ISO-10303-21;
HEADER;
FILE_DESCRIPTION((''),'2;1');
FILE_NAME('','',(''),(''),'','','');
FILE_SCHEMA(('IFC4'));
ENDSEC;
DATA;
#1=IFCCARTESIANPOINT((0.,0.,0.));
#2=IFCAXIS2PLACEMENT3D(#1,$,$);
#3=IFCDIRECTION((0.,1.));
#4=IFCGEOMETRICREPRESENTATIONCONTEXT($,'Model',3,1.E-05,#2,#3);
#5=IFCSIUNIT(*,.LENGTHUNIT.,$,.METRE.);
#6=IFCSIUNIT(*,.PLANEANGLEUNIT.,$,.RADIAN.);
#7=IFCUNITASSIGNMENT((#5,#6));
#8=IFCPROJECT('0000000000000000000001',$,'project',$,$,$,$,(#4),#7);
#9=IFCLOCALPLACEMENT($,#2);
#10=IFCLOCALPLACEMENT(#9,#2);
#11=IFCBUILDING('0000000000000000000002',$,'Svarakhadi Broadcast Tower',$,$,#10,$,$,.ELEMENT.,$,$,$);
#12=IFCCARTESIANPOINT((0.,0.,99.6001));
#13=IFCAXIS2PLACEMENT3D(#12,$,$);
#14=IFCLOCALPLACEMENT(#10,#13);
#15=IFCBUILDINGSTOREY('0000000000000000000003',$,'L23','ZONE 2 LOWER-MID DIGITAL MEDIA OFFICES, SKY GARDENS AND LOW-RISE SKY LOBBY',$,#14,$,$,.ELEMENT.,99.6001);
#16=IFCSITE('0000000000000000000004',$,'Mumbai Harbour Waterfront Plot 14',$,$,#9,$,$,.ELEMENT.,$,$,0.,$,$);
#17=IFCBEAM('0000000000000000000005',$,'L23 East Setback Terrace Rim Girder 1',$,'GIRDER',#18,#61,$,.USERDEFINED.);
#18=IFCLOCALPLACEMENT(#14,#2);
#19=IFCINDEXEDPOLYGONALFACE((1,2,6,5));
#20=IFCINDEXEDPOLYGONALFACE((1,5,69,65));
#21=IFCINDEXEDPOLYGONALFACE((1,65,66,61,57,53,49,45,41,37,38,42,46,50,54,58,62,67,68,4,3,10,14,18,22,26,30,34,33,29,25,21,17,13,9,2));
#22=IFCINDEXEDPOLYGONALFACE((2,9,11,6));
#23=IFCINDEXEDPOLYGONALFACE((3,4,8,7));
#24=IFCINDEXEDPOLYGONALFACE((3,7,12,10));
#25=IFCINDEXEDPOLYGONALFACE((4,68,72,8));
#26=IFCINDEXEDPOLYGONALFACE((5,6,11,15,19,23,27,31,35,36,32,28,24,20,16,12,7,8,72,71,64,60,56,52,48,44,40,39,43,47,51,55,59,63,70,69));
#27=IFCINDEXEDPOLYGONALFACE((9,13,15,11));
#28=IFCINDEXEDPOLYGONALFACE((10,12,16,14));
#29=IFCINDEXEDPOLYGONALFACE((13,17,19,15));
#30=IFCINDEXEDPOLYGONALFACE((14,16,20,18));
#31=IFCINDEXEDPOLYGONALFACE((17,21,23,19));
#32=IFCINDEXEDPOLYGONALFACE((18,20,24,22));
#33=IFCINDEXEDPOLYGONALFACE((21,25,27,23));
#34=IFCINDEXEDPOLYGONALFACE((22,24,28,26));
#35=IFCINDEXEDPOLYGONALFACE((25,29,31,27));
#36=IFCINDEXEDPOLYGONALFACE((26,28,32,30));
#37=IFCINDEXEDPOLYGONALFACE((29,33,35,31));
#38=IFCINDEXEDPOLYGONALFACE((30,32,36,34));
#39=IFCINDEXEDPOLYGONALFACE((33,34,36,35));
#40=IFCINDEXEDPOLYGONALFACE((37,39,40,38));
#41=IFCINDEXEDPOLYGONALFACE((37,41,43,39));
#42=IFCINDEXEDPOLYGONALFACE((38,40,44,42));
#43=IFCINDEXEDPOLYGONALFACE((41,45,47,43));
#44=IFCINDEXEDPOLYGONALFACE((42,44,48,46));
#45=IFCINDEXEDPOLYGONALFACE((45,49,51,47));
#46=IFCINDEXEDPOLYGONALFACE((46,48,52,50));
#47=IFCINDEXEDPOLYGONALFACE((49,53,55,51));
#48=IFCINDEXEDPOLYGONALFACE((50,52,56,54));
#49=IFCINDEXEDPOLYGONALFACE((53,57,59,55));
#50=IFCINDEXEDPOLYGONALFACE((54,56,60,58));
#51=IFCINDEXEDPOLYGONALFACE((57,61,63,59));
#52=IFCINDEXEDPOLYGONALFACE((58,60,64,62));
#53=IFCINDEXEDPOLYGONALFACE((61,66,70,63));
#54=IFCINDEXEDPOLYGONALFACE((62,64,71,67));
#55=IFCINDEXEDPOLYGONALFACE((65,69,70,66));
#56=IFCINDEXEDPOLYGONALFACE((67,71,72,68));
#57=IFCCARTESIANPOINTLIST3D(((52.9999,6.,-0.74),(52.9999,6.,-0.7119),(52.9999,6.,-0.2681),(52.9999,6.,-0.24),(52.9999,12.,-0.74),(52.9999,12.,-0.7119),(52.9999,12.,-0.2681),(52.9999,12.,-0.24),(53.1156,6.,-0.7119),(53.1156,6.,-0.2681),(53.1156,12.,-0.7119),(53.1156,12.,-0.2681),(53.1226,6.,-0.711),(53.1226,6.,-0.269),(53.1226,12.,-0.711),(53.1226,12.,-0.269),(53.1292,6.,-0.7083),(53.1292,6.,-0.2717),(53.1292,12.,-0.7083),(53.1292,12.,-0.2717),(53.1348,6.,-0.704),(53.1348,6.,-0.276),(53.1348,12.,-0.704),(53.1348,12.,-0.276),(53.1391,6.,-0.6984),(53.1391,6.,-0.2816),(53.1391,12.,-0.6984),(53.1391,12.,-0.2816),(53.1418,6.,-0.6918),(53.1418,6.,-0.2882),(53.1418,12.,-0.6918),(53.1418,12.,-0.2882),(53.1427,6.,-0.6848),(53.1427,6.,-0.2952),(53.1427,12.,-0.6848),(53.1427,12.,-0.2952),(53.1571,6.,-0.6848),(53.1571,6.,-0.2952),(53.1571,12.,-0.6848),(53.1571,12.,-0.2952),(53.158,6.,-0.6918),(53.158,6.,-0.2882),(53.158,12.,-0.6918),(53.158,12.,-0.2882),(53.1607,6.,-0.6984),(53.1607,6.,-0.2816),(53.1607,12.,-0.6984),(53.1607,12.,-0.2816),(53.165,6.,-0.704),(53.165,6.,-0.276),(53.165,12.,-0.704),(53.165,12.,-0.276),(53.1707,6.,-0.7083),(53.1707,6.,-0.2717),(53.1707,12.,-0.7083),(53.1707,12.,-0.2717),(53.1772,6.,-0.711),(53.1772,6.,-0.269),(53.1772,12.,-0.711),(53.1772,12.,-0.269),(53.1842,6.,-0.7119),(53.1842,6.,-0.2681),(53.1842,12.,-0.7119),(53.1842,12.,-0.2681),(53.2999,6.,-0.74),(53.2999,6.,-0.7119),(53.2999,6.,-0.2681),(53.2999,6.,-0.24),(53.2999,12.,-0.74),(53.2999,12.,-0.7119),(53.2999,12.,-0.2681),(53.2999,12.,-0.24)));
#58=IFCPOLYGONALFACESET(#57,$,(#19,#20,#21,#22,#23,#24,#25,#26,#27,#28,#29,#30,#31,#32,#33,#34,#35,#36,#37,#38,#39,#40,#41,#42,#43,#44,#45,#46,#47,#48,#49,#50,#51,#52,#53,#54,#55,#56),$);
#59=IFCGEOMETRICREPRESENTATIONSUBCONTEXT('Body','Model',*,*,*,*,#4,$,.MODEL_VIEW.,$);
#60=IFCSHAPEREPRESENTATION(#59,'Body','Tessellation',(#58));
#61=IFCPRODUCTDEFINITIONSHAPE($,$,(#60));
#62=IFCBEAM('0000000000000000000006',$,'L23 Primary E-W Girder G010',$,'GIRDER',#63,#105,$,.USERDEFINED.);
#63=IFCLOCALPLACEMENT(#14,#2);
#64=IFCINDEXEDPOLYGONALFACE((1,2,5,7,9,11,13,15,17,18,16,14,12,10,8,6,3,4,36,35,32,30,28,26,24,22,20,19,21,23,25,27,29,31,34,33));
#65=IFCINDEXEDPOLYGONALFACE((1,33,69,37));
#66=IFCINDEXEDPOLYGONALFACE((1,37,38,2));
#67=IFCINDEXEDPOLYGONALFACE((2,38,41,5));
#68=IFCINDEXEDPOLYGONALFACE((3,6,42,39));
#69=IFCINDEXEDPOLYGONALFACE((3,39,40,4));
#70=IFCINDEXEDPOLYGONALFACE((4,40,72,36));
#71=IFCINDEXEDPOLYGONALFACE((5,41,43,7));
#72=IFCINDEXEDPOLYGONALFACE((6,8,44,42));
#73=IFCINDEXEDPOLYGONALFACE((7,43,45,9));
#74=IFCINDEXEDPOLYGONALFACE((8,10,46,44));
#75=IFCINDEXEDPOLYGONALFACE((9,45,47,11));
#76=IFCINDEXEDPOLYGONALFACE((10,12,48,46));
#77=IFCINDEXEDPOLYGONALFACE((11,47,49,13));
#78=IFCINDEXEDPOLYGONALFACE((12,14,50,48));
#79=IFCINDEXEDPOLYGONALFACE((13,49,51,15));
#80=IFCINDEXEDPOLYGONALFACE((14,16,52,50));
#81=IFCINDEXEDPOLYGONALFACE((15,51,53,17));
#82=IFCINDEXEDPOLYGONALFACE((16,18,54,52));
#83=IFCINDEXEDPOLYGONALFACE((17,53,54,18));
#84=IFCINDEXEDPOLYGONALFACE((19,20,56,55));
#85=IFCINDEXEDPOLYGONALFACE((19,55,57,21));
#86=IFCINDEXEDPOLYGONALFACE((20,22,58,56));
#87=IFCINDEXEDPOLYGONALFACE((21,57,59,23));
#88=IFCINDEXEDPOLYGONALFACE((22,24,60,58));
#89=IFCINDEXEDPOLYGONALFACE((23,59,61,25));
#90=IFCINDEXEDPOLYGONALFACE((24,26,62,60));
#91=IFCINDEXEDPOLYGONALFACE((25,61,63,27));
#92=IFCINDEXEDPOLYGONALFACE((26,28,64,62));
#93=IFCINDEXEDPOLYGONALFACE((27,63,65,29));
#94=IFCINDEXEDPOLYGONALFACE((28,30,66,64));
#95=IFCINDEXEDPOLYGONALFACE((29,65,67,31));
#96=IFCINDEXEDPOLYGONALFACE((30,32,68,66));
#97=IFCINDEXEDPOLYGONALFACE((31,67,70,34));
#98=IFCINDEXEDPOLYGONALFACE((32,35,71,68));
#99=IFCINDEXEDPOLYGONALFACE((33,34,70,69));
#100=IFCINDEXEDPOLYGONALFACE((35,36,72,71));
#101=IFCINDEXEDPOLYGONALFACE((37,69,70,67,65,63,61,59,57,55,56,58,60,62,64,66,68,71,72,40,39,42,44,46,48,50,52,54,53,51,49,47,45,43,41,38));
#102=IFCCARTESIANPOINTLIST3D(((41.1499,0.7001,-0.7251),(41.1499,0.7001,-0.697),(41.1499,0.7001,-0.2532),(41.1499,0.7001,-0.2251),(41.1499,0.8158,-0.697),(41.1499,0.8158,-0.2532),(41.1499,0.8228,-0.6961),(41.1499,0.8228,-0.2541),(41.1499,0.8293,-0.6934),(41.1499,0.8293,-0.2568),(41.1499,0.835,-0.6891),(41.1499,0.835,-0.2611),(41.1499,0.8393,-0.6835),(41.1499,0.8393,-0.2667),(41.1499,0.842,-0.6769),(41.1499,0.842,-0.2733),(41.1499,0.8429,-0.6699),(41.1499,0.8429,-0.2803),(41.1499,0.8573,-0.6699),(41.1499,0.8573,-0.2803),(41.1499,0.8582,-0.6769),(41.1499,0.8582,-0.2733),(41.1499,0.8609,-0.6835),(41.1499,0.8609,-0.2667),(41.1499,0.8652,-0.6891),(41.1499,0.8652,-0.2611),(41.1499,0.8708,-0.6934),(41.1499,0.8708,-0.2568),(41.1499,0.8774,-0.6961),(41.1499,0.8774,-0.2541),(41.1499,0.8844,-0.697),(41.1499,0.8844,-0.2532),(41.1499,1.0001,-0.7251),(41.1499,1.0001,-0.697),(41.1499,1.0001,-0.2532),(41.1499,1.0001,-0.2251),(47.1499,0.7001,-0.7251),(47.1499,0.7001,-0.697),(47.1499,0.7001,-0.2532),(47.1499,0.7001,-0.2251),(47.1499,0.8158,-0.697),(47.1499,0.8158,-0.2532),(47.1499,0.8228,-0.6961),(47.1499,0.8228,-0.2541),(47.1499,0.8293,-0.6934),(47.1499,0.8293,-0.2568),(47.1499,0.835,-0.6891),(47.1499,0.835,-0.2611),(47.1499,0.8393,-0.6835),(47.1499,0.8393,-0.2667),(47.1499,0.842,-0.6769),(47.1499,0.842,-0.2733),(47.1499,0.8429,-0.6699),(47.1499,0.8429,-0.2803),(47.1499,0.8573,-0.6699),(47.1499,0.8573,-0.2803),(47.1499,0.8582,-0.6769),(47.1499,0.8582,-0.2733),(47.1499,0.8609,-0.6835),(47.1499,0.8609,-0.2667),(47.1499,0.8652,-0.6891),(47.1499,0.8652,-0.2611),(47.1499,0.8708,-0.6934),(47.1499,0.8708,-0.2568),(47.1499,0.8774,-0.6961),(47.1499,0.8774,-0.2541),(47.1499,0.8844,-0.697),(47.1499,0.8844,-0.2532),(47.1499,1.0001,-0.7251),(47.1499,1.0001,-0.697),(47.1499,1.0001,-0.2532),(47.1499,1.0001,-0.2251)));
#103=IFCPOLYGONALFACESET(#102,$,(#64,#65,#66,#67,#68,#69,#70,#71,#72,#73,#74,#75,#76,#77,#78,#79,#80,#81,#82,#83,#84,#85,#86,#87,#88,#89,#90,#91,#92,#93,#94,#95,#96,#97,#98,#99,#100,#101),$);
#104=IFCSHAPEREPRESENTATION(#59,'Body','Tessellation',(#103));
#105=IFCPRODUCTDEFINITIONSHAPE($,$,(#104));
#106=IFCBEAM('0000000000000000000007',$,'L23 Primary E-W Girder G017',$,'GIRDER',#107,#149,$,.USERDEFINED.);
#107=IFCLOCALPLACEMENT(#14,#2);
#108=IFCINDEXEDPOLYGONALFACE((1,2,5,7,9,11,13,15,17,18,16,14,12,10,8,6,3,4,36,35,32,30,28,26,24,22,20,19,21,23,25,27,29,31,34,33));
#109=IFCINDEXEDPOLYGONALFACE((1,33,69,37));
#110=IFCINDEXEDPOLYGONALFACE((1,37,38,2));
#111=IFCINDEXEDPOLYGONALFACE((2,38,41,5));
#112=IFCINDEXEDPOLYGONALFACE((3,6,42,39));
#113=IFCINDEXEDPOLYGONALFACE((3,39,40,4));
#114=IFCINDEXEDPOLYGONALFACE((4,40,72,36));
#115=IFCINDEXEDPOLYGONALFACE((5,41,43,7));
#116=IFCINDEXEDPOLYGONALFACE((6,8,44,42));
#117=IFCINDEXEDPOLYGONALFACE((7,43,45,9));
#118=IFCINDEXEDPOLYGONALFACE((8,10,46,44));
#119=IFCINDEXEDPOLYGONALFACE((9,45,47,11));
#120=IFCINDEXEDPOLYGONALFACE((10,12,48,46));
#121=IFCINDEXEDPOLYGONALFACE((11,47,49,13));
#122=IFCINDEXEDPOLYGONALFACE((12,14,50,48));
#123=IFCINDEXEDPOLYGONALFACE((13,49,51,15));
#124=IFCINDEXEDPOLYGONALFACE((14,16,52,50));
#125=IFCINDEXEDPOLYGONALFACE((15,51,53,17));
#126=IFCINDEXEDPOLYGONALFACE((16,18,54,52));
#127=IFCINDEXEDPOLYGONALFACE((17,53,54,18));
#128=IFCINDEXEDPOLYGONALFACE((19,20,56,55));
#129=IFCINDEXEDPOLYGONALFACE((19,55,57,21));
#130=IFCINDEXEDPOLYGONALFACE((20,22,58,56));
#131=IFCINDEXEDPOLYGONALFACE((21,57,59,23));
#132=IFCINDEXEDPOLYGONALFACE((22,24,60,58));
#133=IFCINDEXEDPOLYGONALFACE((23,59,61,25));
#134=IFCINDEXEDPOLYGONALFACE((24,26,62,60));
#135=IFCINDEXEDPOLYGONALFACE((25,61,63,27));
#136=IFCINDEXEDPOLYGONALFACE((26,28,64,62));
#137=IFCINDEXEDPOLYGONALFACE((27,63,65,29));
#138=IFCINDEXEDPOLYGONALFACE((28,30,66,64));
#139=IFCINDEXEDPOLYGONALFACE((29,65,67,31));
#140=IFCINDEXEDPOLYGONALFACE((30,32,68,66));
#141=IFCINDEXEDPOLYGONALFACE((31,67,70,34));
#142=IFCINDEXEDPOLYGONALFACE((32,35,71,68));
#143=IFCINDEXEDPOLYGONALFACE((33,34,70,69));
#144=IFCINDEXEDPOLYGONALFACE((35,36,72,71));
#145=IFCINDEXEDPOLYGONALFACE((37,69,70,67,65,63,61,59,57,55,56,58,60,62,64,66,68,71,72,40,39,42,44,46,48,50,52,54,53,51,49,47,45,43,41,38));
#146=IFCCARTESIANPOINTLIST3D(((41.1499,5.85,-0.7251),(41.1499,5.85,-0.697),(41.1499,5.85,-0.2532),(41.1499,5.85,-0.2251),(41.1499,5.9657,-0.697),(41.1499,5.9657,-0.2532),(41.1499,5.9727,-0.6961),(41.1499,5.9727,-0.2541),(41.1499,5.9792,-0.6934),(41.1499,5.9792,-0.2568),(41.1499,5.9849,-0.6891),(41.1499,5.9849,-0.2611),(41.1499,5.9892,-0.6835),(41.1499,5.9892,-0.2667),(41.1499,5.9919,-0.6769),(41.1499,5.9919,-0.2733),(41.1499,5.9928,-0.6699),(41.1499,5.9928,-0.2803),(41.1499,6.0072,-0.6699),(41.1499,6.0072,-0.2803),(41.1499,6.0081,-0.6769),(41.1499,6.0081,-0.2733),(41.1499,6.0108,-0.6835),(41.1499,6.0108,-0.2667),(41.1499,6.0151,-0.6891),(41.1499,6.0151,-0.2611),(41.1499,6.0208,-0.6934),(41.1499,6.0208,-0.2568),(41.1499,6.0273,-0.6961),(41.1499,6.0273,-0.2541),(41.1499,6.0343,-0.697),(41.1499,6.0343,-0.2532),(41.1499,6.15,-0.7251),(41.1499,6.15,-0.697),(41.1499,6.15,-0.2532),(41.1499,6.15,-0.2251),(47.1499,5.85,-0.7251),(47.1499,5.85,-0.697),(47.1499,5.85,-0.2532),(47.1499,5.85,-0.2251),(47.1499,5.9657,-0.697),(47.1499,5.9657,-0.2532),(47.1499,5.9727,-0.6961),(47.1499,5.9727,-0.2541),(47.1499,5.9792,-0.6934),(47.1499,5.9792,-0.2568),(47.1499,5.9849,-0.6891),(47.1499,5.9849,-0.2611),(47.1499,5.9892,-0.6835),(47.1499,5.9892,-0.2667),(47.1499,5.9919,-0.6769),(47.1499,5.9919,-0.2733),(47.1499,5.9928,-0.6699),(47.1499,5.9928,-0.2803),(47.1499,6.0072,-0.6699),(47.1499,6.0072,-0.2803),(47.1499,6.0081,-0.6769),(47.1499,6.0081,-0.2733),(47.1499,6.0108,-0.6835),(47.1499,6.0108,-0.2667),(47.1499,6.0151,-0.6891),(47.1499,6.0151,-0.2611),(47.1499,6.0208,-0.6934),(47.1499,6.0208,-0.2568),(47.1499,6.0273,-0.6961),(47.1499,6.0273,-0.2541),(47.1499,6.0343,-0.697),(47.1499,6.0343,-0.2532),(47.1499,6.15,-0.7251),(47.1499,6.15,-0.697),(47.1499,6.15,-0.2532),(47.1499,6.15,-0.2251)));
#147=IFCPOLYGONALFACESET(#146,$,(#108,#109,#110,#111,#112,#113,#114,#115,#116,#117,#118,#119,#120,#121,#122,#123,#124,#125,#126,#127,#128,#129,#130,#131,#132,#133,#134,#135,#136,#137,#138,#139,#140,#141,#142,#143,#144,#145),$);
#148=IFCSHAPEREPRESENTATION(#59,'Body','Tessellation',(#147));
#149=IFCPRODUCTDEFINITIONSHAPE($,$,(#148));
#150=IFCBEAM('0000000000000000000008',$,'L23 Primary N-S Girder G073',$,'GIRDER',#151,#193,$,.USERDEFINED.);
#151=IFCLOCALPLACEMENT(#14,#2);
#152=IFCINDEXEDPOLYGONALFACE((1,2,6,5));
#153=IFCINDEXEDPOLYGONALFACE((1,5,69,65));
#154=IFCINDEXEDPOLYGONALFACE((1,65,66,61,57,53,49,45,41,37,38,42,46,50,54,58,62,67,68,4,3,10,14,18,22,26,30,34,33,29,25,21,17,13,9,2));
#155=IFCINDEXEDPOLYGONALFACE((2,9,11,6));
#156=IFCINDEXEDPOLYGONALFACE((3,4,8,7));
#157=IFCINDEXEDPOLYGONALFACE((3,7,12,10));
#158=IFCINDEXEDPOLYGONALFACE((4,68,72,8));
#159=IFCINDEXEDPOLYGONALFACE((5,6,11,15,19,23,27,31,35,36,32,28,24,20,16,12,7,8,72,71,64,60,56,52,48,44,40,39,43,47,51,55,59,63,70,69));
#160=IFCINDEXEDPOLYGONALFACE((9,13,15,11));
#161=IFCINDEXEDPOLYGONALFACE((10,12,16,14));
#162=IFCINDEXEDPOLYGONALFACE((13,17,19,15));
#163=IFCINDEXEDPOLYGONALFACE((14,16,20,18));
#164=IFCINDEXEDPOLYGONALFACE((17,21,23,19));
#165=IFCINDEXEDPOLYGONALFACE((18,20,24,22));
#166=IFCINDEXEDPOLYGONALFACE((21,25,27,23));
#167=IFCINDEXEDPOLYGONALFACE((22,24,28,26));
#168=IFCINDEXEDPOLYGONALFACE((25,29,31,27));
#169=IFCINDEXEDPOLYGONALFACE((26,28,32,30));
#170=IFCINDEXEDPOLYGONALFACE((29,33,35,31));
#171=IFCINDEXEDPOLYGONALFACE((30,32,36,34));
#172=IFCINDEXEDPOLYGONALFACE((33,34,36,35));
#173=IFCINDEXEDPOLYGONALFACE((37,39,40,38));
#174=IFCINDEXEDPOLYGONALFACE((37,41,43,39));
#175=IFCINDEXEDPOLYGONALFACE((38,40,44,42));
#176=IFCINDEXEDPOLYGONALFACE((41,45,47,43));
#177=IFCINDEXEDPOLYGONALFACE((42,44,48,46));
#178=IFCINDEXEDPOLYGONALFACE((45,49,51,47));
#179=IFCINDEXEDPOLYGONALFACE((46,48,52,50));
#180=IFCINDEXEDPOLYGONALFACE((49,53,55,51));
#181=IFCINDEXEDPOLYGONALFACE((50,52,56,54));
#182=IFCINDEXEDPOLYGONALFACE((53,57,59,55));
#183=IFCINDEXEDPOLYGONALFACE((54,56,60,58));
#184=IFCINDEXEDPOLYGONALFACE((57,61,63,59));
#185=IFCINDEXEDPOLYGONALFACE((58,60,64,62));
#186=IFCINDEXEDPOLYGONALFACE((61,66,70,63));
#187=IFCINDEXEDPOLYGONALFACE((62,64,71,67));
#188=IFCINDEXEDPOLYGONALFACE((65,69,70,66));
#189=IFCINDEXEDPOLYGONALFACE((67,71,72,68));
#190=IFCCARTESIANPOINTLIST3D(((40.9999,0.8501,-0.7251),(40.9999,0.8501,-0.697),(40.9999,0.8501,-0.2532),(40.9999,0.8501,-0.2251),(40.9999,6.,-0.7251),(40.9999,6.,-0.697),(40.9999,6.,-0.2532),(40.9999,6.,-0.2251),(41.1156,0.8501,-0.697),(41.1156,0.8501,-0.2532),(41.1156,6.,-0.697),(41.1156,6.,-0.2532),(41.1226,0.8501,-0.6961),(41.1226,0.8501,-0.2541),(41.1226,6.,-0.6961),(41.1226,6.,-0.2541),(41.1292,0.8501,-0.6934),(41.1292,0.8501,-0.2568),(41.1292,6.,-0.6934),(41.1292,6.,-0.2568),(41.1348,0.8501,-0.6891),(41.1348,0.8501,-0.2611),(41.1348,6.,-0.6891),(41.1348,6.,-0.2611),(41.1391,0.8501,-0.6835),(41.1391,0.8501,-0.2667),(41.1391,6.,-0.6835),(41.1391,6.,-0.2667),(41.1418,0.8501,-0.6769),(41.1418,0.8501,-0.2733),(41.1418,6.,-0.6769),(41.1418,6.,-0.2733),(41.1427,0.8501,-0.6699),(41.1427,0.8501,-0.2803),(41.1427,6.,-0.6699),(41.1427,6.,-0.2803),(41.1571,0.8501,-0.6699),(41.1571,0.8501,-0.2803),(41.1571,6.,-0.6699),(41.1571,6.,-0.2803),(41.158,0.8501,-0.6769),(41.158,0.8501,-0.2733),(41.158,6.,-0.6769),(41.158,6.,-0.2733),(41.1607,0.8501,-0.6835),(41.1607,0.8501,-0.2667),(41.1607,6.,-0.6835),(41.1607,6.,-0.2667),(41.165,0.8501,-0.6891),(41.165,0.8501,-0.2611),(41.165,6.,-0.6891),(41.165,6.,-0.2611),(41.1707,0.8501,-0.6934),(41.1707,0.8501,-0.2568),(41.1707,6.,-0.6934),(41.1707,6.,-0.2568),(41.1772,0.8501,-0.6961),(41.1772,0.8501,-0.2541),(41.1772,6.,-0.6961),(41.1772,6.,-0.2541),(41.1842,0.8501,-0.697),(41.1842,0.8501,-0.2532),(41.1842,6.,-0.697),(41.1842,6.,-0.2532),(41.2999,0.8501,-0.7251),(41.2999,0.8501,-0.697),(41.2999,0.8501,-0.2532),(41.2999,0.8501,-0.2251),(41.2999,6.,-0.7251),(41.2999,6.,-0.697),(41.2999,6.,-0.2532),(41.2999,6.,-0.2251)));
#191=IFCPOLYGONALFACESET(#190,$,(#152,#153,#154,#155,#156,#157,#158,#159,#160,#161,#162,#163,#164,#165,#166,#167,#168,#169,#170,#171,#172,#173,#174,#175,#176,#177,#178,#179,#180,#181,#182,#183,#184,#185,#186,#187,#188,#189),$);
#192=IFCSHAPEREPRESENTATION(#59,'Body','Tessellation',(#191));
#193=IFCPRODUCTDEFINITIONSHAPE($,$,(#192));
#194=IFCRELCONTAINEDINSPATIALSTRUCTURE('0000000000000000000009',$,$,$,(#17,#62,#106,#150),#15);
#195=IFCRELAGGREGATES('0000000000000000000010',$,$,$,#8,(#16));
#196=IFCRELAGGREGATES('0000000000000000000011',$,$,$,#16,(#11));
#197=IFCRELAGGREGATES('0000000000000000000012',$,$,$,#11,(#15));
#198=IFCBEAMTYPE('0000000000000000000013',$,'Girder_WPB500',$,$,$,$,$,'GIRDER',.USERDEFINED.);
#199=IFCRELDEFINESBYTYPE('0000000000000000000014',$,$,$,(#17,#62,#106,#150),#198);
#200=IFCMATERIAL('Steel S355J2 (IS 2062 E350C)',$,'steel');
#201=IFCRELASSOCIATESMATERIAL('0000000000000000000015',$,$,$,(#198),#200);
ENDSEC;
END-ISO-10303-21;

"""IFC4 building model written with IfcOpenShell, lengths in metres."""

from ifc_helpers import new_model, si_unit, direction, frame, origin, origin_2d, place, context, subcontext, project, spatial, i_section, extrude, material, material_profile, profile_set, type_object, element, save


model = new_model("IFC4")

# Units and contexts
model_context = context("Model", 3, precision=1e-05, world=origin(), true_north=direction((0.0, 1.0)))
body_context = subcontext(model_context, "Body", "Model", "MODEL_VIEW")
ifc_project = project(units=[si_unit("LENGTHUNIT", "METRE"), si_unit("PLANEANGLEUNIT", "RADIAN")], contexts=[model_context])

# Site, building, storey
site_placement = place(None, origin())
site = spatial("IfcSite", under=ifc_project, at=site_placement, Name="Mumbai Harbour Waterfront Plot 14", CompositionType="ELEMENT", RefElevation=0.0)
building_placement = place(site_placement, origin())
building = spatial("IfcBuilding", under=site, at=building_placement, Name="Svarakhadi Broadcast Tower", CompositionType="ELEMENT")
storey_placement = place(building_placement, frame((0.0, 0.0, 99.6001)))
storey = spatial("IfcBuildingStorey", under=building, at=storey_placement, Name="L23", Description="ZONE 2 LOWER-MID DIGITAL MEDIA OFFICES, SKY GARDENS AND LOW-RISE SKY LOBBY", CompositionType="ELEMENT", Elevation=99.6001)

# Shared definitions
ifc_material_1 = material(Name="Steel S355J2 (IS 2062 E350C)", Category="steel")

# Beams
ifc_material_profile_1 = material_profile(ifc_material_1, i_section(OverallWidth=0.3, OverallDepth=0.5, WebThickness=0.0144, FlangeThickness=0.0281, FilletRadius=0.0271, at=origin_2d()), Name="WPB 500x300x187")
ifc_profile_set_1 = profile_set([ifc_material_profile_1], Name="Steel S355J2 (IS 2062 E350C)")
beam_type_1 = type_object("IfcBeamType", Name="Girder_WPB500", ElementType="GIRDER", PredefinedType="USERDEFINED", material=ifc_profile_set_1)
for number, where, z_axis, x_axis, name in (
    (1, (53.1499, 6.0, -0.49), (0.0, 1.0, 0.0), (-1.0, 0.0, 0.0), "L23 East Setback Terrace Rim Girder 1"),
    (2, (41.1499, 0.8501, -0.4751), (1.0, 0.0, 0.0), (0.0, 1.0, 0.0), "L23 Primary E-W Girder G010"),
    (3, (41.1499, 6.0, -0.4751), (1.0, 0.0, 0.0), (0.0, 1.0, 0.0), "L23 Primary E-W Girder G017"),
):
    element("IfcBeam", number, at=place(storey_placement, frame(where, z_axis=z_axis, x_axis=x_axis)), inside=storey, type_object=beam_type_1, Name=name, ObjectType="GIRDER", PredefinedType="USERDEFINED", context=body_context, shape_type="SweptSolid", body=[
        extrude(i_section(OverallWidth=0.3, OverallDepth=0.5, WebThickness=0.0144, FlangeThickness=0.0281, FilletRadius=0.0271, at=origin_2d()), origin(), (0.0, 0.0, 1.0), 6.0),
    ])
beam_1_placement = place(storey_placement, frame((41.1499, 0.8501, -0.4751), z_axis=(0.0, 1.0, 0.0), x_axis=(-1.0, 0.0, 0.0)))
element("IfcBeam", 4, at=beam_1_placement, inside=storey, type_object=beam_type_1, Name="L23 Primary N-S Girder G073", ObjectType="GIRDER", PredefinedType="USERDEFINED", context=body_context, shape_type="SweptSolid", body=[
    extrude(i_section(OverallWidth=0.3, OverallDepth=0.5, WebThickness=0.0144, FlangeThickness=0.0281, FilletRadius=0.0271, at=origin_2d()), origin(), (0.0, 0.0, 1.0), 5.1499),
])

save(model, "model.ifc")
